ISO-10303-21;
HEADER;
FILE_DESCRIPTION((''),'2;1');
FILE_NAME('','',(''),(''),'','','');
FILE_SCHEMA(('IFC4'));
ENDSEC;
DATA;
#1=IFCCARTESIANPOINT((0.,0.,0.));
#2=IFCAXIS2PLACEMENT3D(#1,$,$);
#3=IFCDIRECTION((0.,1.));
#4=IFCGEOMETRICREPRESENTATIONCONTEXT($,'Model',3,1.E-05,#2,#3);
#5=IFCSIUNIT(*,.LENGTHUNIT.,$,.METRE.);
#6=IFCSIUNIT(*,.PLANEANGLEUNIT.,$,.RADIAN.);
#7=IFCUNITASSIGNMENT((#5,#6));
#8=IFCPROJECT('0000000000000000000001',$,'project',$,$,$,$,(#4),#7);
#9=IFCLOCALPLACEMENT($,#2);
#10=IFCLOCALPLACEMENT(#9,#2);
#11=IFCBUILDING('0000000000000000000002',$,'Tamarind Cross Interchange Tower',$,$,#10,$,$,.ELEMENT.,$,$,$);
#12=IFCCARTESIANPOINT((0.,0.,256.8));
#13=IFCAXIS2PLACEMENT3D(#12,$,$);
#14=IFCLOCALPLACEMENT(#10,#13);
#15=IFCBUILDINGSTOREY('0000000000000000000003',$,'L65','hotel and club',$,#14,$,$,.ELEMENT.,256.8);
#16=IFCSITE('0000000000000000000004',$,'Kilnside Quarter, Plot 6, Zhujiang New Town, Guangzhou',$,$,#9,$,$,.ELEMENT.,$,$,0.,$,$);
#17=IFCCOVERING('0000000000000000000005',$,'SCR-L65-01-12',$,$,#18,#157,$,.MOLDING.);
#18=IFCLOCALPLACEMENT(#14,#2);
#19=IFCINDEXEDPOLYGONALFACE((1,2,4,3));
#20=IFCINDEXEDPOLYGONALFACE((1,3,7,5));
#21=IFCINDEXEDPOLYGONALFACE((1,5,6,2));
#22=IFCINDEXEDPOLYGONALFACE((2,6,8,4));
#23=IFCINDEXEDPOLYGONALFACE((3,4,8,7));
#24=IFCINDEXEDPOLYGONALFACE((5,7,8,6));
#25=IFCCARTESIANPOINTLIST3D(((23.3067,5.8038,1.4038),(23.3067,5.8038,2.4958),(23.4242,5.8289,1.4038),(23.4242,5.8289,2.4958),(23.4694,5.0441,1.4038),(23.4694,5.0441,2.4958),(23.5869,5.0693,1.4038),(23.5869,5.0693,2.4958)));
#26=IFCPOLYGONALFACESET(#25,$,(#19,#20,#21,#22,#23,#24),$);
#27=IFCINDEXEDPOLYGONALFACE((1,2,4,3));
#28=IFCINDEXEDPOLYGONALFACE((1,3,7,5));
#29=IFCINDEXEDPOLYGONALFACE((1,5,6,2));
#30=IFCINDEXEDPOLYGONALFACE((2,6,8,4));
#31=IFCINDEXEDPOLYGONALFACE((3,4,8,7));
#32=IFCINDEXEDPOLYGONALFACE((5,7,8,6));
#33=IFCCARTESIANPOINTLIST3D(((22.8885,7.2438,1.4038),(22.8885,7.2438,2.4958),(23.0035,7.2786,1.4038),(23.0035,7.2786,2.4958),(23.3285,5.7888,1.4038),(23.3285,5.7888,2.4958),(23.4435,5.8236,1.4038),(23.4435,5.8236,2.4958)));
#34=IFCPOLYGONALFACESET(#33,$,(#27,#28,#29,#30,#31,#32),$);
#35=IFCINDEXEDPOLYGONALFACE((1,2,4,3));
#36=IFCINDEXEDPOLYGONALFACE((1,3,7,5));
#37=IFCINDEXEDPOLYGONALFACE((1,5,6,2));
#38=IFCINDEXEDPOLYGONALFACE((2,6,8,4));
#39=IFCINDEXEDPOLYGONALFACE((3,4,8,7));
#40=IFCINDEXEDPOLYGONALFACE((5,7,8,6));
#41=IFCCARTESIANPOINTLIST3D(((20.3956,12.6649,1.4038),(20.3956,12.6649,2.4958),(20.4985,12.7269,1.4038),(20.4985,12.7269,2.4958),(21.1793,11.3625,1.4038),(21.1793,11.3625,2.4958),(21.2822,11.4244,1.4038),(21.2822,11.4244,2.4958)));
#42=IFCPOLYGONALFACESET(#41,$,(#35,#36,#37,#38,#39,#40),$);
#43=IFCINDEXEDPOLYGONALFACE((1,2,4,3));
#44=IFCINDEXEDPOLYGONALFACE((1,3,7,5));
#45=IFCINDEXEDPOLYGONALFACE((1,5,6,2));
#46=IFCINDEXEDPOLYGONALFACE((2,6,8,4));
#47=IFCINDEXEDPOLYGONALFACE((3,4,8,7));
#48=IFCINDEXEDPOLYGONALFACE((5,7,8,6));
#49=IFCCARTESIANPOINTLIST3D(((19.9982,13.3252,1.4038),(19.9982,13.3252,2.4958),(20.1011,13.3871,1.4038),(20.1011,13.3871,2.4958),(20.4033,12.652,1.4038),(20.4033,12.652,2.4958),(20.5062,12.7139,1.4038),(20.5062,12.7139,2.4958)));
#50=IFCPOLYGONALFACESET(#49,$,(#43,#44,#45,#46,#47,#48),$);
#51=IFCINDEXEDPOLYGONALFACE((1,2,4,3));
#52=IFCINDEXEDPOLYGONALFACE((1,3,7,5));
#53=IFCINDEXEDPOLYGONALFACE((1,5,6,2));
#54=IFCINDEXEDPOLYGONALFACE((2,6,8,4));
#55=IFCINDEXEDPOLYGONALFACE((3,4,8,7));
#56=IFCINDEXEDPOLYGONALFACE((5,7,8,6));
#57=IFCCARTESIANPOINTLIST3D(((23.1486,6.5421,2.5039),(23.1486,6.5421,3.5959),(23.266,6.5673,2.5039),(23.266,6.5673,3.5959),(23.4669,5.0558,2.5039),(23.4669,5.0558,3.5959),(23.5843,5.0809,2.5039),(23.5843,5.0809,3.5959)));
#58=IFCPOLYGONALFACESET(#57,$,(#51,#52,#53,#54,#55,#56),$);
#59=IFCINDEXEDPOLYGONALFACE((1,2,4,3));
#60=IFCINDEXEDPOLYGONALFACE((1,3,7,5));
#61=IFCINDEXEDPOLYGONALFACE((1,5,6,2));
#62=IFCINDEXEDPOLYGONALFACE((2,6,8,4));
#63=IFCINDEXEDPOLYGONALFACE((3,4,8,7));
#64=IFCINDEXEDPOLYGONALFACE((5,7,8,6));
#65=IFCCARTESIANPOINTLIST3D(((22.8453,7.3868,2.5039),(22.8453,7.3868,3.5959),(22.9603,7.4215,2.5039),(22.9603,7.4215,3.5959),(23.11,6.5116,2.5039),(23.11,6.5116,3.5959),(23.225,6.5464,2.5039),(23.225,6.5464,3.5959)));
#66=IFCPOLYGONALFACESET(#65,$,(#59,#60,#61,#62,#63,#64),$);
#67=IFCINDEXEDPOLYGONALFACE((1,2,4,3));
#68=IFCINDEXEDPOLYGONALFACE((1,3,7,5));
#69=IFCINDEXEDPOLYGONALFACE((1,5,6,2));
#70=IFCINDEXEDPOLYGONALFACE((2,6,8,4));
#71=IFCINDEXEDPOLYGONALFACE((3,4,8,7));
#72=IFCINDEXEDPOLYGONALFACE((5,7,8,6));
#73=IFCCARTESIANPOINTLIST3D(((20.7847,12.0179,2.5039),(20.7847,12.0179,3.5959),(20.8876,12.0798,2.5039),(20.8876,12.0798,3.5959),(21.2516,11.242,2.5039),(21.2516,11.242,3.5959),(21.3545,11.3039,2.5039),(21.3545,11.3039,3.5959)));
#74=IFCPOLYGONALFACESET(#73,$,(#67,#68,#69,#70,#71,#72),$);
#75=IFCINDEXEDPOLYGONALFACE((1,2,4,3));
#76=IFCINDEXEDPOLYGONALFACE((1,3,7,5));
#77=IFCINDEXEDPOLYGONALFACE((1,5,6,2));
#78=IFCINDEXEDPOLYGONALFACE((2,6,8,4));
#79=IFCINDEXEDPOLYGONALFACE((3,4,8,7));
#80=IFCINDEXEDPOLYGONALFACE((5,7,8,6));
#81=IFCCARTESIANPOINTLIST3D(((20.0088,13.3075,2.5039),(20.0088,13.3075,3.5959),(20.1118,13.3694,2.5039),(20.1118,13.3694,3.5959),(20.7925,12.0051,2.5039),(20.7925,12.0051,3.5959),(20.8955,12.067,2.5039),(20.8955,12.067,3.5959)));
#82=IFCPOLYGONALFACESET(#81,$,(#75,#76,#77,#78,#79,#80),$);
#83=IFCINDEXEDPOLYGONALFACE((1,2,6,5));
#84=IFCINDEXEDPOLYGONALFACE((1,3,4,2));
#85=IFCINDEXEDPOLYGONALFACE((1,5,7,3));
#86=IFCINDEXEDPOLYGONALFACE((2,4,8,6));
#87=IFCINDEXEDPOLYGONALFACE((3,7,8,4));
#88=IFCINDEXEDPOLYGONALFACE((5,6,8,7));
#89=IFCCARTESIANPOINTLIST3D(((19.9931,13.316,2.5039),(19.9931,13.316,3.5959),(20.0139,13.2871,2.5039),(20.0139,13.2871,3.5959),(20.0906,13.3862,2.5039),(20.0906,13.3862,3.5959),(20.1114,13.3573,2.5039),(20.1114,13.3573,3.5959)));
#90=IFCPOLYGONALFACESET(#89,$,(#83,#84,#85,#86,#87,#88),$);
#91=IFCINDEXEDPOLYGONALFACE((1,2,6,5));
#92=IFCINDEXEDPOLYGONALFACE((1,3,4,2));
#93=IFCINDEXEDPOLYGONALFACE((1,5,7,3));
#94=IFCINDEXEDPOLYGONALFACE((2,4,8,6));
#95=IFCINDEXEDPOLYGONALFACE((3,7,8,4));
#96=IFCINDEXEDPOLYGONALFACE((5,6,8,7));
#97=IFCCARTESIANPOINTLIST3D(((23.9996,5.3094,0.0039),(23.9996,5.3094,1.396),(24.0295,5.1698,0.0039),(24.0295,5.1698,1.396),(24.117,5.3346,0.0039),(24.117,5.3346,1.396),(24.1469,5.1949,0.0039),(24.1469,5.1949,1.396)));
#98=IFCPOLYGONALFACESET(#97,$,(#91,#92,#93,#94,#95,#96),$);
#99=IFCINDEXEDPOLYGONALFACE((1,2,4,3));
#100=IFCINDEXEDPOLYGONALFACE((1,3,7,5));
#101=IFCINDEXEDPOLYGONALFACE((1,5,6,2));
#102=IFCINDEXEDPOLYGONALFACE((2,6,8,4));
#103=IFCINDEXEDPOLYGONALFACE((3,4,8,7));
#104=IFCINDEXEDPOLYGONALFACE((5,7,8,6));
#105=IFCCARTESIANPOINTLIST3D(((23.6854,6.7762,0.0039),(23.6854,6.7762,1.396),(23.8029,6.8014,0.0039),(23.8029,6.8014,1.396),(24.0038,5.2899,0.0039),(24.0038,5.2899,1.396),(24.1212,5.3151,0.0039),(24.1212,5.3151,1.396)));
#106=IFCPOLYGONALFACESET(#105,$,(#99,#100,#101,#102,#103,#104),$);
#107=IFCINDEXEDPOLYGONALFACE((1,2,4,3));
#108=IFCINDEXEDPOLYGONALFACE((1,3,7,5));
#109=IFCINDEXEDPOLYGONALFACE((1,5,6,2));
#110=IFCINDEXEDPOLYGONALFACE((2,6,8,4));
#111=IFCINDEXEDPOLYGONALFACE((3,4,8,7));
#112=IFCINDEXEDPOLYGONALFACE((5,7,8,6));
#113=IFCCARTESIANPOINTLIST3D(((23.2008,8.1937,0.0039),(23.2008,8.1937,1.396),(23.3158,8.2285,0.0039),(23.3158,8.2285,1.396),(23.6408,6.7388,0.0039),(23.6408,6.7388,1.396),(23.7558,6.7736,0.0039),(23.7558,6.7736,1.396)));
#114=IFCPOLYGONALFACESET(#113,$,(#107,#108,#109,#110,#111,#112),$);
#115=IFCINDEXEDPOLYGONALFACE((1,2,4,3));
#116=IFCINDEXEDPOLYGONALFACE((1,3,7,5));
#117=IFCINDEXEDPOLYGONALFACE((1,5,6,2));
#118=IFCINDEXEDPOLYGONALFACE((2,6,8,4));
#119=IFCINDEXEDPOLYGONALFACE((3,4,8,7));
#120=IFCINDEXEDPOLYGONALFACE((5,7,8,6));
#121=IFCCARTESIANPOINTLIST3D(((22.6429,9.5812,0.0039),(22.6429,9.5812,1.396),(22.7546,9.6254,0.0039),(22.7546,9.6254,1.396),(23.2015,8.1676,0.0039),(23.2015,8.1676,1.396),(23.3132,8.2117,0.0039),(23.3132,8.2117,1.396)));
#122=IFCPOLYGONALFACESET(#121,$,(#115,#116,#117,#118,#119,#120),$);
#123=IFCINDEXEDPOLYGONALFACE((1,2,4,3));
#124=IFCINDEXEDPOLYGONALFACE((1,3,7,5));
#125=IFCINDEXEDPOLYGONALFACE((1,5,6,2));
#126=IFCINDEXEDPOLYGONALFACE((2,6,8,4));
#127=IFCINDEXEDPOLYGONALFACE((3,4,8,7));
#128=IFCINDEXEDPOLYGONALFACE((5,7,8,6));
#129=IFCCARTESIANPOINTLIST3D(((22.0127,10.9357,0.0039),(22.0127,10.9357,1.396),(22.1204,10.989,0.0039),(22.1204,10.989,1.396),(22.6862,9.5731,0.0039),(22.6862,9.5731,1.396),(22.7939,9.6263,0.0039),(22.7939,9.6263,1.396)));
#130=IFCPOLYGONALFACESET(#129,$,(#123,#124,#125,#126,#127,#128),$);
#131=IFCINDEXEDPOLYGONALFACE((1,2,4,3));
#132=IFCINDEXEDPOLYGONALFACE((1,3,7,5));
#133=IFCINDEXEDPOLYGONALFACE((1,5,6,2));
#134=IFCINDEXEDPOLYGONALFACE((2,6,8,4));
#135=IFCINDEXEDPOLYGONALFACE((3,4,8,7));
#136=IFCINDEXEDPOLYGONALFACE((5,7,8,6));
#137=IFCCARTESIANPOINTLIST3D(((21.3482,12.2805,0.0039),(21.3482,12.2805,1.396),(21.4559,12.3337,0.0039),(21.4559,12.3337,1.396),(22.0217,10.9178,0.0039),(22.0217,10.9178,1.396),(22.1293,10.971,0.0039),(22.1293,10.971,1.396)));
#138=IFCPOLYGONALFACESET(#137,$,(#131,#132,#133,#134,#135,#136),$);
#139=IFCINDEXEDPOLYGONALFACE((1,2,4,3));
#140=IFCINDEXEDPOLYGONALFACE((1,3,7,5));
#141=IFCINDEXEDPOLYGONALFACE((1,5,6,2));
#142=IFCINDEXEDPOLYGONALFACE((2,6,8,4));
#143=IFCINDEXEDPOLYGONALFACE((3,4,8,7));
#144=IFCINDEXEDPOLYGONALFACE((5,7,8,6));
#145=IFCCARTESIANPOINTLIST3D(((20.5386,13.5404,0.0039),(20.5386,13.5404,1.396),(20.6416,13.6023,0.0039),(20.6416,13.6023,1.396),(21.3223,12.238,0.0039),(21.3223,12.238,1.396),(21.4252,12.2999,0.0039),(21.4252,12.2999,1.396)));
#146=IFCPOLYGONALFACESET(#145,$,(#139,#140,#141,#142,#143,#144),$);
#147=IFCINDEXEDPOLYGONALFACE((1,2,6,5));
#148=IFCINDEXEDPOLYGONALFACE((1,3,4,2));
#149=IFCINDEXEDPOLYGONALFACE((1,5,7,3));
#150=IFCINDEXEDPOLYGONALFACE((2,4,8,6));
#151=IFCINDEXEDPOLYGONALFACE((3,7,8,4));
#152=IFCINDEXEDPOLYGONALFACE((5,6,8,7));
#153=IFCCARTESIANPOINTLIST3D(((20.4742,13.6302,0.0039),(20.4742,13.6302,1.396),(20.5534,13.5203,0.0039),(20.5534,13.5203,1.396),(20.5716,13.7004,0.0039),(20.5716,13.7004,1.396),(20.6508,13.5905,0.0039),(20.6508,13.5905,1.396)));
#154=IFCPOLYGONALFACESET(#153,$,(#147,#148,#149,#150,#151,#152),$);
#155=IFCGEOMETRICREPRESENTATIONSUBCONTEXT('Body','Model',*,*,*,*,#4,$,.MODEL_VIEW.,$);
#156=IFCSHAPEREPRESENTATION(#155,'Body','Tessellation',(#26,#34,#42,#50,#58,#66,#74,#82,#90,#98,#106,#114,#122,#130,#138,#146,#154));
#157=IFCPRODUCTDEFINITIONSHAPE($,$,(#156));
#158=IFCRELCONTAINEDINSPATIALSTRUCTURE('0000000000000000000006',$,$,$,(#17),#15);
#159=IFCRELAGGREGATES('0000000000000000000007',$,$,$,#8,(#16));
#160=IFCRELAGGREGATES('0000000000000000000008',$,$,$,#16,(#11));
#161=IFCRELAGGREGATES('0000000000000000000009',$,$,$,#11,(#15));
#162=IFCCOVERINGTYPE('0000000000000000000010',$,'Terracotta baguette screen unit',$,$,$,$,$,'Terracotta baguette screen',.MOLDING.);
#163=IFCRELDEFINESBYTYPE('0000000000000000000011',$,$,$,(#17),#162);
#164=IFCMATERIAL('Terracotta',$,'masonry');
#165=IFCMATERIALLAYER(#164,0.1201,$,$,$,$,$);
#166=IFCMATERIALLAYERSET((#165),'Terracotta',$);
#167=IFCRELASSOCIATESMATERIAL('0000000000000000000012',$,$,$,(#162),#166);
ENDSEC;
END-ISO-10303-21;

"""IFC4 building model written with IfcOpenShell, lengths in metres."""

from ifc_helpers import new_model, si_unit, direction, frame, origin, origin_2d, place, context, subcontext, project, spatial, rectangle, extrude, material, layer, layer_set, type_object, element, save


model = new_model("IFC4")

# Units and contexts
model_context = context("Model", 3, precision=1e-05, world=origin(), true_north=direction((0.0, 1.0)))
body_context = subcontext(model_context, "Body", "Model", "MODEL_VIEW")
ifc_project = project(units=[si_unit("LENGTHUNIT", "METRE"), si_unit("PLANEANGLEUNIT", "RADIAN")], contexts=[model_context])

# Site, building, storey
site_placement = place(None, origin())
site = spatial("IfcSite", under=ifc_project, at=site_placement, Name="Kilnside Quarter, Plot 6, Zhujiang New Town, Guangzhou", CompositionType="ELEMENT", RefElevation=0.0)
building_placement = place(site_placement, origin())
building = spatial("IfcBuilding", under=site, at=building_placement, Name="Tamarind Cross Interchange Tower", CompositionType="ELEMENT")
storey_placement = place(building_placement, frame((0.0, 0.0, 256.8)))
storey = spatial("IfcBuildingStorey", under=building, at=storey_placement, Name="L65", Description="hotel and club", CompositionType="ELEMENT", Elevation=256.8)

# Covering
ifc_material_1 = material(Name="Terracotta", Category="masonry")
ifc_layer_1 = layer(ifc_material_1, 0.1201)
ifc_layer_set_1 = layer_set([ifc_layer_1], Name="Terracotta")
covering_type = type_object("IfcCoveringType", Name="Terracotta baguette screen unit", ElementType="Terracotta baguette screen", PredefinedType="MOLDING", material=ifc_layer_set_1)
covering_1_placement = place(storey_placement, origin())
element("IfcCovering", 1, at=covering_1_placement, inside=storey, type_object=covering_type, Name="SCR-L65-01-12", PredefinedType="MOLDING", context=body_context, shape_type="SweptSolid", body=[
    extrude(rectangle(XDim=0.7769, YDim=0.1201, at=origin_2d()), frame((23.4468, 5.4365, 1.4038), z_axis=(0.0, 0.0, 1.0), x_axis=(-0.209425, 0.977825, 0.0)), (0.0, 0.0, 1.0), 1.092),
    extrude(rectangle(XDim=1.52, YDim=0.1201, at=origin_2d()), frame((23.166, 6.5337, 1.4038), z_axis=(0.0, 0.0, 1.0), x_axis=(-0.289458, 0.957191, 0.0)), (0.0, 0.0, 1.0), 1.092),
    extrude(rectangle(XDim=1.52, YDim=0.1201, at=origin_2d()), frame((20.8389, 12.0447, 1.4038), z_axis=(0.0, 0.0, 1.0), x_axis=(-0.515577, 0.856843, 0.0)), (0.0, 0.0, 1.0), 1.092),
    extrude(rectangle(XDim=0.7856, YDim=0.1201, at=origin_2d()), frame((20.2522, 13.0195, 1.4038), z_axis=(0.0, 0.0, 1.0), x_axis=(-0.515577, 0.856843, 0.0)), (0.0, 0.0, 1.0), 1.092),
    extrude(rectangle(XDim=1.52, YDim=0.1201, at=origin_2d()), frame((23.3665, 5.8115, 2.5039), z_axis=(0.0, 0.0, 1.0), x_axis=(-0.209425, 0.977825, 0.0)), (0.0, 0.0, 1.0), 1.092),
    extrude(rectangle(XDim=0.9143, YDim=0.1201, at=origin_2d()), frame((23.0352, 6.9666, 2.5039), z_axis=(0.0, 0.0, 1.0), x_axis=(-0.289458, 0.957191, 0.0)), (0.0, 0.0, 1.0), 1.092),
    extrude(rectangle(XDim=0.9055, YDim=0.1201, at=origin_2d()), frame((21.0696, 11.6609, 2.5039), z_axis=(0.0, 0.0, 1.0), x_axis=(-0.515577, 0.856843, 0.0)), (0.0, 0.0, 1.0), 1.092),
    extrude(rectangle(XDim=1.52, YDim=0.1201, at=origin_2d()), frame((20.4521, 12.6873, 2.5039), z_axis=(0.0, 0.0, 1.0), x_axis=(-0.515577, 0.856843, 0.0)), (0.0, 0.0, 1.0), 1.092),
    extrude(rectangle(XDim=0.0356, YDim=0.1201, at=origin_2d()), frame((20.0522, 13.3367, 2.5039), z_axis=(0.0, 0.0, 1.0), x_axis=(-0.584574, 0.81134, 0.0)), (0.0, 0.0, 1.0), 1.092),
    extrude(rectangle(XDim=0.1428, YDim=0.1201, at=origin_2d()), frame((24.0732, 5.2522, 0.0039), z_axis=(0.0, 0.0, 1.0), x_axis=(-0.209425, 0.977825, 0.0)), (0.0, 0.0, 1.0), 1.3921),
    extrude(rectangle(XDim=1.52, YDim=0.1201, at=origin_2d()), frame((23.9033, 6.0457, 0.0039), z_axis=(0.0, 0.0, 1.0), x_axis=(-0.209425, 0.977825, 0.0)), (0.0, 0.0, 1.0), 1.3921),
    extrude(rectangle(XDim=1.52, YDim=0.1201, at=origin_2d()), frame((23.4783, 7.4836, 0.0039), z_axis=(0.0, 0.0, 1.0), x_axis=(-0.289458, 0.957191, 0.0)), (0.0, 0.0, 1.0), 1.3921),
    extrude(rectangle(XDim=1.52, YDim=0.1201, at=origin_2d()), frame((22.978, 8.8965, 0.0039), z_axis=(0.0, 0.0, 1.0), x_axis=(-0.367514, 0.930018, 0.0)), (0.0, 0.0, 1.0), 1.3921),
    extrude(rectangle(XDim=1.52, YDim=0.1201, at=origin_2d()), frame((22.4033, 10.281, 0.0039), z_axis=(0.0, 0.0, 1.0), x_axis=(-0.443059, 0.896493, 0.0)), (0.0, 0.0, 1.0), 1.3921),
    extrude(rectangle(XDim=1.52, YDim=0.1201, at=origin_2d()), frame((21.7388, 11.6257, 0.0039), z_axis=(0.0, 0.0, 1.0), x_axis=(-0.443059, 0.896493, 0.0)), (0.0, 0.0, 1.0), 1.3921),
    extrude(rectangle(XDim=1.52, YDim=0.1201, at=origin_2d()), frame((20.9819, 12.9202, 0.0039), z_axis=(0.0, 0.0, 1.0), x_axis=(-0.515577, 0.856843, 0.0)), (0.0, 0.0, 1.0), 1.3921),
    extrude(rectangle(XDim=0.1355, YDim=0.1201, at=origin_2d()), frame((20.5625, 13.6104, 0.0039), z_axis=(0.0, 0.0, 1.0), x_axis=(-0.584574, 0.81134, 0.0)), (0.0, 0.0, 1.0), 1.3921),
])

save(model, "model.ifc")
